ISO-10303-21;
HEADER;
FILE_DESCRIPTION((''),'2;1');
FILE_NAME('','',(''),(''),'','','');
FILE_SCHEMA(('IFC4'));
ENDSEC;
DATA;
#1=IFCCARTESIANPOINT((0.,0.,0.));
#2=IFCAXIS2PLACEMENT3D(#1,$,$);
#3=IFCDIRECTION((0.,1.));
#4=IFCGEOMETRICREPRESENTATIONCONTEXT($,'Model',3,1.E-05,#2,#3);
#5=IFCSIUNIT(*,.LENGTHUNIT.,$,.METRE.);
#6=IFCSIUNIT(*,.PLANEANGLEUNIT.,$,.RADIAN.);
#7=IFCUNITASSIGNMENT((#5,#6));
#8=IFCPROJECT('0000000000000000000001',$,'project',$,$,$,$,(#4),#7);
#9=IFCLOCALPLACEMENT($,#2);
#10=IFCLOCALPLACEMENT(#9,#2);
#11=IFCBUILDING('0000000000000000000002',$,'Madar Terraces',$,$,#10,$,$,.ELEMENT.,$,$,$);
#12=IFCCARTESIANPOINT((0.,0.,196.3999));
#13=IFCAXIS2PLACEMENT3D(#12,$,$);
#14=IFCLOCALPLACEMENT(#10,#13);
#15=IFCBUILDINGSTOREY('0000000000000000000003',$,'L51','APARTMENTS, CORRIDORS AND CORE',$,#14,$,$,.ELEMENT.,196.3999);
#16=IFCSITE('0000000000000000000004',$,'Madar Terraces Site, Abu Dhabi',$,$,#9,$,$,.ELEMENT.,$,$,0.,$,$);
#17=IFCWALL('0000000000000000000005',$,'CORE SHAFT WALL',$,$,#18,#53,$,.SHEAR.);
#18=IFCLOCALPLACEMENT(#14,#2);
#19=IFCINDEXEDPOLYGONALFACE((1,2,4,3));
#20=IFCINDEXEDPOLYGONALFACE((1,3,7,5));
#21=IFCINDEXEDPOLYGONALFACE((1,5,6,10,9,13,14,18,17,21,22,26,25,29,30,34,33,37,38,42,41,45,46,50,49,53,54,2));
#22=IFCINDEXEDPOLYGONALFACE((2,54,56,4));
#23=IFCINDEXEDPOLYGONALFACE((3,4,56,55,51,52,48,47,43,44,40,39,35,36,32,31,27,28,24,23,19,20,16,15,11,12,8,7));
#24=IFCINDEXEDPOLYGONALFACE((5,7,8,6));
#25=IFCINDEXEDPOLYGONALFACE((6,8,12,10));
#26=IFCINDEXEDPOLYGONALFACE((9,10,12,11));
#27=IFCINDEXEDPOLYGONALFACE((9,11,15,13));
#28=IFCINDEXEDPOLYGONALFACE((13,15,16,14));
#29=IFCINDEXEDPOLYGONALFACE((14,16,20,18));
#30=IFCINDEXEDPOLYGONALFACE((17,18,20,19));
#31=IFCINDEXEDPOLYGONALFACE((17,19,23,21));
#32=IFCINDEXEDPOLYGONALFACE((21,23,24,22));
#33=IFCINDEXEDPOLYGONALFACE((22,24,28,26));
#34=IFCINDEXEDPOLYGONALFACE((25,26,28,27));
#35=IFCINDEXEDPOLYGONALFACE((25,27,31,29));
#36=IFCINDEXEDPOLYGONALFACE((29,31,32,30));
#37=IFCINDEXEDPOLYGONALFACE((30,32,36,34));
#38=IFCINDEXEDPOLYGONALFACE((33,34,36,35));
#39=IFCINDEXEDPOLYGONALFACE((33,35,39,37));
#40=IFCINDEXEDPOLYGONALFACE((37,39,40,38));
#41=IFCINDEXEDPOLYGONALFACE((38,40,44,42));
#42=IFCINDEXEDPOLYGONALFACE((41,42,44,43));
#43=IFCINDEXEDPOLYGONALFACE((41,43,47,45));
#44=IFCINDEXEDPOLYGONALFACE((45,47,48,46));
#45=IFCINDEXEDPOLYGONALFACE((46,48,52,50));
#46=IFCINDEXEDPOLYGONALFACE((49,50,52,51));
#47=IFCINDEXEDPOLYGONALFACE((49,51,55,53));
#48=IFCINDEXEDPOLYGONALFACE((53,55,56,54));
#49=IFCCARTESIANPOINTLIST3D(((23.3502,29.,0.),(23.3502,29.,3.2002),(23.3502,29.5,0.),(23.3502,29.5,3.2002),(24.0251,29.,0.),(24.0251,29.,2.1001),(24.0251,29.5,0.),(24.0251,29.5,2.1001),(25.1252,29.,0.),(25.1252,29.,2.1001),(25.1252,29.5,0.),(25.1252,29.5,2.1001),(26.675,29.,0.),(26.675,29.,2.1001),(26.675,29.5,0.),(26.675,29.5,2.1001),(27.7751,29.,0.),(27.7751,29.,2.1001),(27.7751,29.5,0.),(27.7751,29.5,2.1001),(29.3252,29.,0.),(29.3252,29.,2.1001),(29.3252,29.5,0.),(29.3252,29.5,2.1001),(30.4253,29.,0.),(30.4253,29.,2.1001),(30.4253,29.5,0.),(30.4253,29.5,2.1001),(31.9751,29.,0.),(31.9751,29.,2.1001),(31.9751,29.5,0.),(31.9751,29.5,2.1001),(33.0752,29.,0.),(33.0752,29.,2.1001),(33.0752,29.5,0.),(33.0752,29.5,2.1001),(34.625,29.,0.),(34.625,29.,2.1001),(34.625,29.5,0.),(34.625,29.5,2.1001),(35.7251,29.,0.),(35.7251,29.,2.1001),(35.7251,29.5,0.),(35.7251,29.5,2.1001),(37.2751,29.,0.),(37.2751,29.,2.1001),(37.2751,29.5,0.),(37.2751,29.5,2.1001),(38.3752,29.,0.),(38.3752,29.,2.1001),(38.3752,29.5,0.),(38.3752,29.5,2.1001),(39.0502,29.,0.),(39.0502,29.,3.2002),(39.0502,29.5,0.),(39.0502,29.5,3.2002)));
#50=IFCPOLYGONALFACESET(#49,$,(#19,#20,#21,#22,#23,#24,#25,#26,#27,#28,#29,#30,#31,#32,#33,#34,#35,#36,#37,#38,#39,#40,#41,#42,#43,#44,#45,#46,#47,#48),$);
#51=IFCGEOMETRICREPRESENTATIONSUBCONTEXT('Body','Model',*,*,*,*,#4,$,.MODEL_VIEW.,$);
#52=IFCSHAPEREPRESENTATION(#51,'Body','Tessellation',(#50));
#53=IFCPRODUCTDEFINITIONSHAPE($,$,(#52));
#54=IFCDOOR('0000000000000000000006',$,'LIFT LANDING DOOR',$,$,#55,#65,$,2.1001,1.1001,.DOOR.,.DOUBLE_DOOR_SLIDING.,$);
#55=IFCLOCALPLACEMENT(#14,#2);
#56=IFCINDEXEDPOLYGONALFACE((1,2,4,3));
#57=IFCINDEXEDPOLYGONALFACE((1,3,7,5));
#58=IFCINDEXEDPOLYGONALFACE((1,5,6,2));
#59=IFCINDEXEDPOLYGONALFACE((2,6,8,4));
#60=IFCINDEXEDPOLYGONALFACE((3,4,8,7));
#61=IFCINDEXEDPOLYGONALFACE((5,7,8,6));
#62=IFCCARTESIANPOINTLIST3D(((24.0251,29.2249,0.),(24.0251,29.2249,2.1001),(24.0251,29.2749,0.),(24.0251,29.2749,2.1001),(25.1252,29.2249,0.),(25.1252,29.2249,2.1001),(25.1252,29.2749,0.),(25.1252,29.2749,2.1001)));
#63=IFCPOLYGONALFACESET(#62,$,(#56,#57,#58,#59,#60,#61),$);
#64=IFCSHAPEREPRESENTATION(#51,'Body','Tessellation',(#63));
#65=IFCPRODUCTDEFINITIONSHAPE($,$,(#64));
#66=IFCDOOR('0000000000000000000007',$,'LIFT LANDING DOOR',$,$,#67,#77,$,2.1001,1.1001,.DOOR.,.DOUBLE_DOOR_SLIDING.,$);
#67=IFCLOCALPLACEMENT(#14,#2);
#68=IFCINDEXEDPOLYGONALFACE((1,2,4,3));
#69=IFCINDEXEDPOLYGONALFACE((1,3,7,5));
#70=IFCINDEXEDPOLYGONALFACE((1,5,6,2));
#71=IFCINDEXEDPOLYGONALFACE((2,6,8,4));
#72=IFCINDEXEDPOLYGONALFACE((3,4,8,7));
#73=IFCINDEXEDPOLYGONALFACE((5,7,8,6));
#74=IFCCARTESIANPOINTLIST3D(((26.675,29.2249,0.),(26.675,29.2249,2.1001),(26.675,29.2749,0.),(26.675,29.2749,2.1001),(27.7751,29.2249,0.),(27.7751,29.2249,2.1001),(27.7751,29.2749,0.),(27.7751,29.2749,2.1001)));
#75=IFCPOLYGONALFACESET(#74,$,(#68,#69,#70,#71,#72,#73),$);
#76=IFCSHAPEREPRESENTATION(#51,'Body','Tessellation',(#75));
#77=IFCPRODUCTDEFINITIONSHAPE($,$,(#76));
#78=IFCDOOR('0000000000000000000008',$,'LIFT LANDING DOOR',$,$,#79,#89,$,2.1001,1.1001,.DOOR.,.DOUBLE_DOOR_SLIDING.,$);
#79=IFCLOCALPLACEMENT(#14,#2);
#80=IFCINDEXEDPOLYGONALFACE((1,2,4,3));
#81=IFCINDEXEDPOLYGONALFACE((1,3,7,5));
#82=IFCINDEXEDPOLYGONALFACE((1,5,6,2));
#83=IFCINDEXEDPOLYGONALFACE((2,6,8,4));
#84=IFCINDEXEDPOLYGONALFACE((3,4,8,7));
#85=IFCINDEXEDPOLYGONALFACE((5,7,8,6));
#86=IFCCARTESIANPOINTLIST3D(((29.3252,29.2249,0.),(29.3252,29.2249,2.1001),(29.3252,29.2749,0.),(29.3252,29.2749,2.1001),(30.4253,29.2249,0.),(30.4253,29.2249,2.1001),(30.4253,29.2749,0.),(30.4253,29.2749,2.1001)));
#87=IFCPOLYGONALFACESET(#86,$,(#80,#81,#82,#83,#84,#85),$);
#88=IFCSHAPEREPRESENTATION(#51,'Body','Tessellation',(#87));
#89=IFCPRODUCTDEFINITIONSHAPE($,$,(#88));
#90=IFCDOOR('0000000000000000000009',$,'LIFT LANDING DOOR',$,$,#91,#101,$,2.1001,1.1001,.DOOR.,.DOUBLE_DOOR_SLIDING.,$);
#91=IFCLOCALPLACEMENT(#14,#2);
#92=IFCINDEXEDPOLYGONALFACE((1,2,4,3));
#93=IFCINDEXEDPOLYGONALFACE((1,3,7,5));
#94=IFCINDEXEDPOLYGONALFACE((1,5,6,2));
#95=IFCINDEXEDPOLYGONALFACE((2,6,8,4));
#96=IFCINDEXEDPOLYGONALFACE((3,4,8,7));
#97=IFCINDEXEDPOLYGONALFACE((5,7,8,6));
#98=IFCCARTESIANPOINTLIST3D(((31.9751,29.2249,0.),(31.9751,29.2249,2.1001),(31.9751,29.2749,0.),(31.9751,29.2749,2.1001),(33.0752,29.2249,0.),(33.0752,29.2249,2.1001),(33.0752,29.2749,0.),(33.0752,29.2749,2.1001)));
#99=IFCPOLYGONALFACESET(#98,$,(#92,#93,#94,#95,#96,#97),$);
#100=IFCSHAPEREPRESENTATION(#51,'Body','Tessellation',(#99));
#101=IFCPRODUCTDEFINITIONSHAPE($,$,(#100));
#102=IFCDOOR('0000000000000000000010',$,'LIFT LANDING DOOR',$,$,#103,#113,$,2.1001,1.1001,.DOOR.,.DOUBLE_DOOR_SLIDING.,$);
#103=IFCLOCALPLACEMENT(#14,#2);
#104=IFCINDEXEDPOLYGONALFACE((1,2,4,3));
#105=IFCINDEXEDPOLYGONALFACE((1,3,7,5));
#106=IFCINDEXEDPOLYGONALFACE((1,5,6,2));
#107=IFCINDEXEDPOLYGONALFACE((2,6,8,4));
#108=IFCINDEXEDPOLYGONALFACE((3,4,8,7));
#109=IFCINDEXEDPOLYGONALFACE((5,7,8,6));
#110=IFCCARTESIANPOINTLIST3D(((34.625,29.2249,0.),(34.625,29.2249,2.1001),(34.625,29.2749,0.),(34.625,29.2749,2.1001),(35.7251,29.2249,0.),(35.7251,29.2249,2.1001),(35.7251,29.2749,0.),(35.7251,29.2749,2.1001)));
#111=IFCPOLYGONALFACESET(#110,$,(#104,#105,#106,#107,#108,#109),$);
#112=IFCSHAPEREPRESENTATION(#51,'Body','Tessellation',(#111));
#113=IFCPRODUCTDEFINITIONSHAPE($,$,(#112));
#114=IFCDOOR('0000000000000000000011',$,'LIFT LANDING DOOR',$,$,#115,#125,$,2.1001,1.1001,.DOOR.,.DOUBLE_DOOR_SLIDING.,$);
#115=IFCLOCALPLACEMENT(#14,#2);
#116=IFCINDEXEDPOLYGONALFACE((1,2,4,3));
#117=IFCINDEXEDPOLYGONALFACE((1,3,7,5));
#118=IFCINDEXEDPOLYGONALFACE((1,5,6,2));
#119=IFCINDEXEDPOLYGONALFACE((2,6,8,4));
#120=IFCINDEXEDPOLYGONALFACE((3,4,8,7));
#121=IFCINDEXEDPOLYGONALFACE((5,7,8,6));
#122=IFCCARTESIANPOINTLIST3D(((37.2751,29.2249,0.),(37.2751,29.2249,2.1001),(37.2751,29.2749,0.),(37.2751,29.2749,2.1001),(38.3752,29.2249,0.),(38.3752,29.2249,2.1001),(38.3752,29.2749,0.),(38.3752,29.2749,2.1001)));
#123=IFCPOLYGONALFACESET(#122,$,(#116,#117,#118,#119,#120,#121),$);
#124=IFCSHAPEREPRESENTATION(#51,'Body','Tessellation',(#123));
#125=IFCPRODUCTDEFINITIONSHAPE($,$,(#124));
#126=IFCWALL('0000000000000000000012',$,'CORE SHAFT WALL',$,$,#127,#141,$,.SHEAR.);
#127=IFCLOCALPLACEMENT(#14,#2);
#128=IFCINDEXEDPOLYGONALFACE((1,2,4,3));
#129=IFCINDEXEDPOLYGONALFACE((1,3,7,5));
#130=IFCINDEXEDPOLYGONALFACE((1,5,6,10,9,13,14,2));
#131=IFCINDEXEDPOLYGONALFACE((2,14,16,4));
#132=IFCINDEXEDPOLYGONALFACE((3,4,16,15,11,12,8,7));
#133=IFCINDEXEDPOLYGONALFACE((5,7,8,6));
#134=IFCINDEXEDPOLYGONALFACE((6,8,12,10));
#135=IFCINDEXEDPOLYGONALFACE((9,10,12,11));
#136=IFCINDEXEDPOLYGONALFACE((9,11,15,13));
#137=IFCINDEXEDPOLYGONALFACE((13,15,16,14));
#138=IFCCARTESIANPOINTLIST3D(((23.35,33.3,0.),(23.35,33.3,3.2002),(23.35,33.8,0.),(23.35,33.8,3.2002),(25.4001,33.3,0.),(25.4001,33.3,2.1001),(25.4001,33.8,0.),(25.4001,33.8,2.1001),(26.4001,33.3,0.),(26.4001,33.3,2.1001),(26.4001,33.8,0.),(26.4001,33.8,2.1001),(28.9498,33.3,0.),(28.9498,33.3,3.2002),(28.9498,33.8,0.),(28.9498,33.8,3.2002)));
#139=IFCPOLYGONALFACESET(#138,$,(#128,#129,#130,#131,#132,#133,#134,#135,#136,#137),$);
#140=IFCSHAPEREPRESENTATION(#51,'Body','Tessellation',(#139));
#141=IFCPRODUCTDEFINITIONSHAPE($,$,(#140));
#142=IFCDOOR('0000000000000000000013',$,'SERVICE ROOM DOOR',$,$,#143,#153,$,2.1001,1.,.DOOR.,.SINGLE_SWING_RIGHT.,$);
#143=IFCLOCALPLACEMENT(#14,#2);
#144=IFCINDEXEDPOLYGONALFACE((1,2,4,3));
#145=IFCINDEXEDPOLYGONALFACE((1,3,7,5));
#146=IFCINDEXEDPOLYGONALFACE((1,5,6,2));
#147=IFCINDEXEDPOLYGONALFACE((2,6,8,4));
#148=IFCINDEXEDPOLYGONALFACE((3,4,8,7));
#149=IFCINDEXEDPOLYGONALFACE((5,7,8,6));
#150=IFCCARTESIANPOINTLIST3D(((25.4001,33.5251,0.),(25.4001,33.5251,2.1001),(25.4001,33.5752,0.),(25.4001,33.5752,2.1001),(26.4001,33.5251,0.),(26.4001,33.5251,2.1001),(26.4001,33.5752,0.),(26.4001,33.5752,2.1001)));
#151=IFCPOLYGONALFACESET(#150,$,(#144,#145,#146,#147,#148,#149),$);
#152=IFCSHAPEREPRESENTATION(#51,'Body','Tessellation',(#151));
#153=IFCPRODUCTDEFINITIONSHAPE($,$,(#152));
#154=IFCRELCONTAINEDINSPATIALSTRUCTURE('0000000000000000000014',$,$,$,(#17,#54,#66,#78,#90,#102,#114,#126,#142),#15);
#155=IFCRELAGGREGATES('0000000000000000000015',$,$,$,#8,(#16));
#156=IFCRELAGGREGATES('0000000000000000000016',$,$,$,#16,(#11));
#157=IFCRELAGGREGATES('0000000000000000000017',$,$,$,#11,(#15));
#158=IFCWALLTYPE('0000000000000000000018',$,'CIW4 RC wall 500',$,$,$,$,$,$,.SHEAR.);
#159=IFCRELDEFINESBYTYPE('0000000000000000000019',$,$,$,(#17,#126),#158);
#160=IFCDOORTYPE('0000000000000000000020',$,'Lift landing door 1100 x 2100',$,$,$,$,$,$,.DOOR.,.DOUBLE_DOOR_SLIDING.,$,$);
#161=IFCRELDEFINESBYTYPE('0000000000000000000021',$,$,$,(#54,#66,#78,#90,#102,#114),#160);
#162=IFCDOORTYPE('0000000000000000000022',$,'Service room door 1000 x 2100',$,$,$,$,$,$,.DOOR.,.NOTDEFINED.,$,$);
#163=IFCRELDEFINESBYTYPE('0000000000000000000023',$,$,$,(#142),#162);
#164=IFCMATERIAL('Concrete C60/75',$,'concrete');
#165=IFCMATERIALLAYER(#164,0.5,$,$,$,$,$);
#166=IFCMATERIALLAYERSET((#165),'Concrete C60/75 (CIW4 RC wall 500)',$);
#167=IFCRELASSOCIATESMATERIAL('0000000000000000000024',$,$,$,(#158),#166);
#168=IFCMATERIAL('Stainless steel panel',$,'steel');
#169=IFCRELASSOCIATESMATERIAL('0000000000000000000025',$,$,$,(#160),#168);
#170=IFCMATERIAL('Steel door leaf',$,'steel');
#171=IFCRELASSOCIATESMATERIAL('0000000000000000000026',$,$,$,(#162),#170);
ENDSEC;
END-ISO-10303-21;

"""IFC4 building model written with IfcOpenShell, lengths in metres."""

from ifc_helpers import new_model, si_unit, direction, frame, frame_2d, origin, place, context, subcontext, project, spatial, rectangle, extrude, material, layer, layer_set, type_object, element, fill, save


model = new_model("IFC4")

# Units and contexts
model_context = context("Model", 3, precision=1e-05, world=origin(), true_north=direction((0.0, 1.0)))
body_context = subcontext(model_context, "Body", "Model", "MODEL_VIEW")
ifc_project = project(units=[si_unit("LENGTHUNIT", "METRE"), si_unit("PLANEANGLEUNIT", "RADIAN")], contexts=[model_context])

# Site, building, storey
site_placement = place(None, origin())
site = spatial("IfcSite", under=ifc_project, at=site_placement, Name="Madar Terraces Site, Abu Dhabi", CompositionType="ELEMENT", RefElevation=0.0)
building_placement = place(site_placement, origin())
building = spatial("IfcBuilding", under=site, at=building_placement, Name="Madar Terraces", CompositionType="ELEMENT")
storey_placement = place(building_placement, frame((0.0, 0.0, 196.3999)))
storey = spatial("IfcBuildingStorey", under=building, at=storey_placement, Name="L51", Description="APARTMENTS, CORRIDORS AND CORE", CompositionType="ELEMENT", Elevation=196.3999)

# Wall, openings, doors
ifc_material_1 = material(Name="Concrete C60/75", Category="concrete")
ifc_layer_1 = layer(ifc_material_1, 0.5)
ifc_layer_set_1 = layer_set([ifc_layer_1], Name="Concrete C60/75 (CIW4 RC wall 500)")
wall_type_1 = type_object("IfcWallType", Name="CIW4 RC wall 500", PredefinedType="SHEAR", material=ifc_layer_set_1)
wall_1_placement = place(storey_placement, frame((23.3501, 29.25, 0.0), z_axis=(0.0, 0.0, 1.0), x_axis=(1.0, 0.0, 0.0)))
wall_1 = element("IfcWall", 1, at=wall_1_placement, inside=storey, type_object=wall_type_1, Name="CORE SHAFT WALL", PredefinedType="SHEAR", context=body_context, shape_type="SweptSolid", body=[
    extrude(rectangle(XDim=15.7, YDim=0.5, at=frame_2d((7.8501, 0.0))), origin(), (0.0, 0.0, 1.0), 3.2002),
])
opening_1_placement = place(wall_1_placement, frame((0.675, 0.0, 0.0)))
opening_1 = element("IfcOpeningElement", 2, at=opening_1_placement, cuts=wall_1, PredefinedType="OPENING", context=body_context, shape_type="SweptSolid", body=[
    extrude(rectangle(XDim=1.1001, YDim=2.1001, at=frame_2d((0.55, 1.05))), frame((0.0, 0.26, 0.0), z_axis=(0.0, -1.0, 0.0), x_axis=(1.0, 0.0, 0.0)), (0.0, 0.0, 1.0), 0.52),
])
opening_2_placement = place(wall_1_placement, frame((3.325, 0.0, 0.0)))
opening_2 = element("IfcOpeningElement", 3, at=opening_2_placement, cuts=wall_1, PredefinedType="OPENING", context=body_context, shape_type="SweptSolid", body=[
    extrude(rectangle(XDim=1.1001, YDim=2.1001, at=frame_2d((0.55, 1.05))), frame((0.0, 0.26, 0.0), z_axis=(0.0, -1.0, 0.0), x_axis=(1.0, 0.0, 0.0)), (0.0, 0.0, 1.0), 0.52),
])
opening_3_placement = place(wall_1_placement, frame((5.9751, 0.0, 0.0)))
opening_3 = element("IfcOpeningElement", 4, at=opening_3_placement, cuts=wall_1, PredefinedType="OPENING", context=body_context, shape_type="SweptSolid", body=[
    extrude(rectangle(XDim=1.1001, YDim=2.1001, at=frame_2d((0.55, 1.05))), frame((0.0, 0.26, 0.0), z_axis=(0.0, -1.0, 0.0), x_axis=(1.0, 0.0, 0.0)), (0.0, 0.0, 1.0), 0.52),
])
opening_4_placement = place(wall_1_placement, frame((8.625, 0.0, 0.0)))
opening_4 = element("IfcOpeningElement", 5, at=opening_4_placement, cuts=wall_1, PredefinedType="OPENING", context=body_context, shape_type="SweptSolid", body=[
    extrude(rectangle(XDim=1.1001, YDim=2.1001, at=frame_2d((0.55, 1.05))), frame((0.0, 0.26, 0.0), z_axis=(0.0, -1.0, 0.0), x_axis=(1.0, 0.0, 0.0)), (0.0, 0.0, 1.0), 0.52),
])
opening_5_placement = place(wall_1_placement, frame((11.2749, 0.0, 0.0)))
opening_5 = element("IfcOpeningElement", 6, at=opening_5_placement, cuts=wall_1, PredefinedType="OPENING", context=body_context, shape_type="SweptSolid", body=[
    extrude(rectangle(XDim=1.1001, YDim=2.1001, at=frame_2d((0.55, 1.05))), frame((0.0, 0.26, 0.0), z_axis=(0.0, -1.0, 0.0), x_axis=(1.0, 0.0, 0.0)), (0.0, 0.0, 1.0), 0.52),
])
opening_6_placement = place(wall_1_placement, frame((13.925, 0.0, 0.0)))
opening_6 = element("IfcOpeningElement", 7, at=opening_6_placement, cuts=wall_1, PredefinedType="OPENING", context=body_context, shape_type="SweptSolid", body=[
    extrude(rectangle(XDim=1.1001, YDim=2.1001, at=frame_2d((0.55, 1.05))), frame((0.0, 0.26, 0.0), z_axis=(0.0, -1.0, 0.0), x_axis=(1.0, 0.0, 0.0)), (0.0, 0.0, 1.0), 0.52),
])
ifc_material_2 = material(Name="Stainless steel panel", Category="steel")
door_type_1 = type_object("IfcDoorType", Name="Lift landing door 1100 x 2100", OperationType="DOUBLE_DOOR_SLIDING", PredefinedType="DOOR", material=ifc_material_2)
door_1_placement = place(opening_1_placement, origin())
door_1 = element("IfcDoor", 8, at=door_1_placement, inside=storey, type_object=door_type_1, Name="LIFT LANDING DOOR", OperationType="DOUBLE_DOOR_SLIDING", OverallHeight=2.1001, OverallWidth=1.1001, PredefinedType="DOOR", context=body_context, shape_type="SweptSolid", body=[
    extrude(rectangle(XDim=1.1001, YDim=2.1001, at=frame_2d((0.55, 1.05))), frame((0.0, 0.0249, 0.0), z_axis=(0.0, -1.0, 0.0), x_axis=(1.0, 0.0, 0.0)), (0.0, 0.0, 1.0), 0.05),
])
fill(opening_1, door_1)
door_2_placement = place(opening_2_placement, origin())
door_2 = element("IfcDoor", 9, at=door_2_placement, inside=storey, type_object=door_type_1, Name="LIFT LANDING DOOR", OperationType="DOUBLE_DOOR_SLIDING", OverallHeight=2.1001, OverallWidth=1.1001, PredefinedType="DOOR", context=body_context, shape_type="SweptSolid", body=[
    extrude(rectangle(XDim=1.1001, YDim=2.1001, at=frame_2d((0.55, 1.05))), frame((0.0, 0.0249, 0.0), z_axis=(0.0, -1.0, 0.0), x_axis=(1.0, 0.0, 0.0)), (0.0, 0.0, 1.0), 0.05),
])
fill(opening_2, door_2)
door_3_placement = place(opening_3_placement, origin())
door_3 = element("IfcDoor", 10, at=door_3_placement, inside=storey, type_object=door_type_1, Name="LIFT LANDING DOOR", OperationType="DOUBLE_DOOR_SLIDING", OverallHeight=2.1001, OverallWidth=1.1001, PredefinedType="DOOR", context=body_context, shape_type="SweptSolid", body=[
    extrude(rectangle(XDim=1.1001, YDim=2.1001, at=frame_2d((0.55, 1.05))), frame((0.0, 0.0249, 0.0), z_axis=(0.0, -1.0, 0.0), x_axis=(1.0, 0.0, 0.0)), (0.0, 0.0, 1.0), 0.05),
])
fill(opening_3, door_3)
door_4_placement = place(opening_4_placement, origin())
door_4 = element("IfcDoor", 11, at=door_4_placement, inside=storey, type_object=door_type_1, Name="LIFT LANDING DOOR", OperationType="DOUBLE_DOOR_SLIDING", OverallHeight=2.1001, OverallWidth=1.1001, PredefinedType="DOOR", context=body_context, shape_type="SweptSolid", body=[
    extrude(rectangle(XDim=1.1001, YDim=2.1001, at=frame_2d((0.55, 1.05))), frame((0.0, 0.0249, 0.0), z_axis=(0.0, -1.0, 0.0), x_axis=(1.0, 0.0, 0.0)), (0.0, 0.0, 1.0), 0.05),
])
fill(opening_4, door_4)
door_5_placement = place(opening_5_placement, origin())
door_5 = element("IfcDoor", 12, at=door_5_placement, inside=storey, type_object=door_type_1, Name="LIFT LANDING DOOR", OperationType="DOUBLE_DOOR_SLIDING", OverallHeight=2.1001, OverallWidth=1.1001, PredefinedType="DOOR", context=body_context, shape_type="SweptSolid", body=[
    extrude(rectangle(XDim=1.1001, YDim=2.1001, at=frame_2d((0.55, 1.05))), frame((0.0, 0.0249, 0.0), z_axis=(0.0, -1.0, 0.0), x_axis=(1.0, 0.0, 0.0)), (0.0, 0.0, 1.0), 0.05),
])
fill(opening_5, door_5)
door_6_placement = place(opening_6_placement, origin())
door_6 = element("IfcDoor", 13, at=door_6_placement, inside=storey, type_object=door_type_1, Name="LIFT LANDING DOOR", OperationType="DOUBLE_DOOR_SLIDING", OverallHeight=2.1001, OverallWidth=1.1001, PredefinedType="DOOR", context=body_context, shape_type="SweptSolid", body=[
    extrude(rectangle(XDim=1.1001, YDim=2.1001, at=frame_2d((0.55, 1.05))), frame((0.0, 0.0249, 0.0), z_axis=(0.0, -1.0, 0.0), x_axis=(1.0, 0.0, 0.0)), (0.0, 0.0, 1.0), 0.05),
])
fill(opening_6, door_6)

# Wall, opening, door
wall_2_placement = place(storey_placement, frame((23.3501, 33.55, 0.0), z_axis=(0.0, 0.0, 1.0), x_axis=(1.0, 0.0, 0.0)))
wall_2 = element("IfcWall", 14, at=wall_2_placement, inside=storey, type_object=wall_type_1, Name="CORE SHAFT WALL", PredefinedType="SHEAR", context=body_context, shape_type="SweptSolid", body=[
    extrude(rectangle(XDim=5.5999, YDim=0.5, at=frame_2d((2.7998, 0.0))), origin(), (0.0, 0.0, 1.0), 3.2002),
])
opening_7_placement = place(wall_2_placement, frame((2.05, 0.0, 0.0)))
opening_7 = element("IfcOpeningElement", 15, at=opening_7_placement, cuts=wall_2, PredefinedType="OPENING", context=body_context, shape_type="SweptSolid", body=[
    extrude(rectangle(XDim=1.0, YDim=2.1001, at=frame_2d((0.5, 1.05))), frame((0.0, 0.26, 0.0), z_axis=(0.0, -1.0, 0.0), x_axis=(1.0, 0.0, 0.0)), (0.0, 0.0, 1.0), 0.52),
])
ifc_material_3 = material(Name="Steel door leaf", Category="steel")
door_type_2 = type_object("IfcDoorType", Name="Service room door 1000 x 2100", OperationType="NOTDEFINED", PredefinedType="DOOR", material=ifc_material_3)
door_7_placement = place(opening_7_placement, frame((1.0, 0.0, 0.0), z_axis=(0.0, 0.0, 1.0), x_axis=(-1.0, 0.0, 0.0)))
door_7 = element("IfcDoor", 16, at=door_7_placement, inside=storey, type_object=door_type_2, Name="SERVICE ROOM DOOR", OperationType="SINGLE_SWING_RIGHT", OverallHeight=2.1001, OverallWidth=1.0, PredefinedType="DOOR", context=body_context, shape_type="SweptSolid", body=[
    extrude(rectangle(XDim=1.0, YDim=2.1001, at=frame_2d((0.5, 1.05))), frame((0.0, 0.0249, 0.0), z_axis=(0.0, -1.0, 0.0), x_axis=(1.0, 0.0, 0.0)), (0.0, 0.0, 1.0), 0.05),
])
fill(opening_7, door_7)

save(model, "model.ifc")
